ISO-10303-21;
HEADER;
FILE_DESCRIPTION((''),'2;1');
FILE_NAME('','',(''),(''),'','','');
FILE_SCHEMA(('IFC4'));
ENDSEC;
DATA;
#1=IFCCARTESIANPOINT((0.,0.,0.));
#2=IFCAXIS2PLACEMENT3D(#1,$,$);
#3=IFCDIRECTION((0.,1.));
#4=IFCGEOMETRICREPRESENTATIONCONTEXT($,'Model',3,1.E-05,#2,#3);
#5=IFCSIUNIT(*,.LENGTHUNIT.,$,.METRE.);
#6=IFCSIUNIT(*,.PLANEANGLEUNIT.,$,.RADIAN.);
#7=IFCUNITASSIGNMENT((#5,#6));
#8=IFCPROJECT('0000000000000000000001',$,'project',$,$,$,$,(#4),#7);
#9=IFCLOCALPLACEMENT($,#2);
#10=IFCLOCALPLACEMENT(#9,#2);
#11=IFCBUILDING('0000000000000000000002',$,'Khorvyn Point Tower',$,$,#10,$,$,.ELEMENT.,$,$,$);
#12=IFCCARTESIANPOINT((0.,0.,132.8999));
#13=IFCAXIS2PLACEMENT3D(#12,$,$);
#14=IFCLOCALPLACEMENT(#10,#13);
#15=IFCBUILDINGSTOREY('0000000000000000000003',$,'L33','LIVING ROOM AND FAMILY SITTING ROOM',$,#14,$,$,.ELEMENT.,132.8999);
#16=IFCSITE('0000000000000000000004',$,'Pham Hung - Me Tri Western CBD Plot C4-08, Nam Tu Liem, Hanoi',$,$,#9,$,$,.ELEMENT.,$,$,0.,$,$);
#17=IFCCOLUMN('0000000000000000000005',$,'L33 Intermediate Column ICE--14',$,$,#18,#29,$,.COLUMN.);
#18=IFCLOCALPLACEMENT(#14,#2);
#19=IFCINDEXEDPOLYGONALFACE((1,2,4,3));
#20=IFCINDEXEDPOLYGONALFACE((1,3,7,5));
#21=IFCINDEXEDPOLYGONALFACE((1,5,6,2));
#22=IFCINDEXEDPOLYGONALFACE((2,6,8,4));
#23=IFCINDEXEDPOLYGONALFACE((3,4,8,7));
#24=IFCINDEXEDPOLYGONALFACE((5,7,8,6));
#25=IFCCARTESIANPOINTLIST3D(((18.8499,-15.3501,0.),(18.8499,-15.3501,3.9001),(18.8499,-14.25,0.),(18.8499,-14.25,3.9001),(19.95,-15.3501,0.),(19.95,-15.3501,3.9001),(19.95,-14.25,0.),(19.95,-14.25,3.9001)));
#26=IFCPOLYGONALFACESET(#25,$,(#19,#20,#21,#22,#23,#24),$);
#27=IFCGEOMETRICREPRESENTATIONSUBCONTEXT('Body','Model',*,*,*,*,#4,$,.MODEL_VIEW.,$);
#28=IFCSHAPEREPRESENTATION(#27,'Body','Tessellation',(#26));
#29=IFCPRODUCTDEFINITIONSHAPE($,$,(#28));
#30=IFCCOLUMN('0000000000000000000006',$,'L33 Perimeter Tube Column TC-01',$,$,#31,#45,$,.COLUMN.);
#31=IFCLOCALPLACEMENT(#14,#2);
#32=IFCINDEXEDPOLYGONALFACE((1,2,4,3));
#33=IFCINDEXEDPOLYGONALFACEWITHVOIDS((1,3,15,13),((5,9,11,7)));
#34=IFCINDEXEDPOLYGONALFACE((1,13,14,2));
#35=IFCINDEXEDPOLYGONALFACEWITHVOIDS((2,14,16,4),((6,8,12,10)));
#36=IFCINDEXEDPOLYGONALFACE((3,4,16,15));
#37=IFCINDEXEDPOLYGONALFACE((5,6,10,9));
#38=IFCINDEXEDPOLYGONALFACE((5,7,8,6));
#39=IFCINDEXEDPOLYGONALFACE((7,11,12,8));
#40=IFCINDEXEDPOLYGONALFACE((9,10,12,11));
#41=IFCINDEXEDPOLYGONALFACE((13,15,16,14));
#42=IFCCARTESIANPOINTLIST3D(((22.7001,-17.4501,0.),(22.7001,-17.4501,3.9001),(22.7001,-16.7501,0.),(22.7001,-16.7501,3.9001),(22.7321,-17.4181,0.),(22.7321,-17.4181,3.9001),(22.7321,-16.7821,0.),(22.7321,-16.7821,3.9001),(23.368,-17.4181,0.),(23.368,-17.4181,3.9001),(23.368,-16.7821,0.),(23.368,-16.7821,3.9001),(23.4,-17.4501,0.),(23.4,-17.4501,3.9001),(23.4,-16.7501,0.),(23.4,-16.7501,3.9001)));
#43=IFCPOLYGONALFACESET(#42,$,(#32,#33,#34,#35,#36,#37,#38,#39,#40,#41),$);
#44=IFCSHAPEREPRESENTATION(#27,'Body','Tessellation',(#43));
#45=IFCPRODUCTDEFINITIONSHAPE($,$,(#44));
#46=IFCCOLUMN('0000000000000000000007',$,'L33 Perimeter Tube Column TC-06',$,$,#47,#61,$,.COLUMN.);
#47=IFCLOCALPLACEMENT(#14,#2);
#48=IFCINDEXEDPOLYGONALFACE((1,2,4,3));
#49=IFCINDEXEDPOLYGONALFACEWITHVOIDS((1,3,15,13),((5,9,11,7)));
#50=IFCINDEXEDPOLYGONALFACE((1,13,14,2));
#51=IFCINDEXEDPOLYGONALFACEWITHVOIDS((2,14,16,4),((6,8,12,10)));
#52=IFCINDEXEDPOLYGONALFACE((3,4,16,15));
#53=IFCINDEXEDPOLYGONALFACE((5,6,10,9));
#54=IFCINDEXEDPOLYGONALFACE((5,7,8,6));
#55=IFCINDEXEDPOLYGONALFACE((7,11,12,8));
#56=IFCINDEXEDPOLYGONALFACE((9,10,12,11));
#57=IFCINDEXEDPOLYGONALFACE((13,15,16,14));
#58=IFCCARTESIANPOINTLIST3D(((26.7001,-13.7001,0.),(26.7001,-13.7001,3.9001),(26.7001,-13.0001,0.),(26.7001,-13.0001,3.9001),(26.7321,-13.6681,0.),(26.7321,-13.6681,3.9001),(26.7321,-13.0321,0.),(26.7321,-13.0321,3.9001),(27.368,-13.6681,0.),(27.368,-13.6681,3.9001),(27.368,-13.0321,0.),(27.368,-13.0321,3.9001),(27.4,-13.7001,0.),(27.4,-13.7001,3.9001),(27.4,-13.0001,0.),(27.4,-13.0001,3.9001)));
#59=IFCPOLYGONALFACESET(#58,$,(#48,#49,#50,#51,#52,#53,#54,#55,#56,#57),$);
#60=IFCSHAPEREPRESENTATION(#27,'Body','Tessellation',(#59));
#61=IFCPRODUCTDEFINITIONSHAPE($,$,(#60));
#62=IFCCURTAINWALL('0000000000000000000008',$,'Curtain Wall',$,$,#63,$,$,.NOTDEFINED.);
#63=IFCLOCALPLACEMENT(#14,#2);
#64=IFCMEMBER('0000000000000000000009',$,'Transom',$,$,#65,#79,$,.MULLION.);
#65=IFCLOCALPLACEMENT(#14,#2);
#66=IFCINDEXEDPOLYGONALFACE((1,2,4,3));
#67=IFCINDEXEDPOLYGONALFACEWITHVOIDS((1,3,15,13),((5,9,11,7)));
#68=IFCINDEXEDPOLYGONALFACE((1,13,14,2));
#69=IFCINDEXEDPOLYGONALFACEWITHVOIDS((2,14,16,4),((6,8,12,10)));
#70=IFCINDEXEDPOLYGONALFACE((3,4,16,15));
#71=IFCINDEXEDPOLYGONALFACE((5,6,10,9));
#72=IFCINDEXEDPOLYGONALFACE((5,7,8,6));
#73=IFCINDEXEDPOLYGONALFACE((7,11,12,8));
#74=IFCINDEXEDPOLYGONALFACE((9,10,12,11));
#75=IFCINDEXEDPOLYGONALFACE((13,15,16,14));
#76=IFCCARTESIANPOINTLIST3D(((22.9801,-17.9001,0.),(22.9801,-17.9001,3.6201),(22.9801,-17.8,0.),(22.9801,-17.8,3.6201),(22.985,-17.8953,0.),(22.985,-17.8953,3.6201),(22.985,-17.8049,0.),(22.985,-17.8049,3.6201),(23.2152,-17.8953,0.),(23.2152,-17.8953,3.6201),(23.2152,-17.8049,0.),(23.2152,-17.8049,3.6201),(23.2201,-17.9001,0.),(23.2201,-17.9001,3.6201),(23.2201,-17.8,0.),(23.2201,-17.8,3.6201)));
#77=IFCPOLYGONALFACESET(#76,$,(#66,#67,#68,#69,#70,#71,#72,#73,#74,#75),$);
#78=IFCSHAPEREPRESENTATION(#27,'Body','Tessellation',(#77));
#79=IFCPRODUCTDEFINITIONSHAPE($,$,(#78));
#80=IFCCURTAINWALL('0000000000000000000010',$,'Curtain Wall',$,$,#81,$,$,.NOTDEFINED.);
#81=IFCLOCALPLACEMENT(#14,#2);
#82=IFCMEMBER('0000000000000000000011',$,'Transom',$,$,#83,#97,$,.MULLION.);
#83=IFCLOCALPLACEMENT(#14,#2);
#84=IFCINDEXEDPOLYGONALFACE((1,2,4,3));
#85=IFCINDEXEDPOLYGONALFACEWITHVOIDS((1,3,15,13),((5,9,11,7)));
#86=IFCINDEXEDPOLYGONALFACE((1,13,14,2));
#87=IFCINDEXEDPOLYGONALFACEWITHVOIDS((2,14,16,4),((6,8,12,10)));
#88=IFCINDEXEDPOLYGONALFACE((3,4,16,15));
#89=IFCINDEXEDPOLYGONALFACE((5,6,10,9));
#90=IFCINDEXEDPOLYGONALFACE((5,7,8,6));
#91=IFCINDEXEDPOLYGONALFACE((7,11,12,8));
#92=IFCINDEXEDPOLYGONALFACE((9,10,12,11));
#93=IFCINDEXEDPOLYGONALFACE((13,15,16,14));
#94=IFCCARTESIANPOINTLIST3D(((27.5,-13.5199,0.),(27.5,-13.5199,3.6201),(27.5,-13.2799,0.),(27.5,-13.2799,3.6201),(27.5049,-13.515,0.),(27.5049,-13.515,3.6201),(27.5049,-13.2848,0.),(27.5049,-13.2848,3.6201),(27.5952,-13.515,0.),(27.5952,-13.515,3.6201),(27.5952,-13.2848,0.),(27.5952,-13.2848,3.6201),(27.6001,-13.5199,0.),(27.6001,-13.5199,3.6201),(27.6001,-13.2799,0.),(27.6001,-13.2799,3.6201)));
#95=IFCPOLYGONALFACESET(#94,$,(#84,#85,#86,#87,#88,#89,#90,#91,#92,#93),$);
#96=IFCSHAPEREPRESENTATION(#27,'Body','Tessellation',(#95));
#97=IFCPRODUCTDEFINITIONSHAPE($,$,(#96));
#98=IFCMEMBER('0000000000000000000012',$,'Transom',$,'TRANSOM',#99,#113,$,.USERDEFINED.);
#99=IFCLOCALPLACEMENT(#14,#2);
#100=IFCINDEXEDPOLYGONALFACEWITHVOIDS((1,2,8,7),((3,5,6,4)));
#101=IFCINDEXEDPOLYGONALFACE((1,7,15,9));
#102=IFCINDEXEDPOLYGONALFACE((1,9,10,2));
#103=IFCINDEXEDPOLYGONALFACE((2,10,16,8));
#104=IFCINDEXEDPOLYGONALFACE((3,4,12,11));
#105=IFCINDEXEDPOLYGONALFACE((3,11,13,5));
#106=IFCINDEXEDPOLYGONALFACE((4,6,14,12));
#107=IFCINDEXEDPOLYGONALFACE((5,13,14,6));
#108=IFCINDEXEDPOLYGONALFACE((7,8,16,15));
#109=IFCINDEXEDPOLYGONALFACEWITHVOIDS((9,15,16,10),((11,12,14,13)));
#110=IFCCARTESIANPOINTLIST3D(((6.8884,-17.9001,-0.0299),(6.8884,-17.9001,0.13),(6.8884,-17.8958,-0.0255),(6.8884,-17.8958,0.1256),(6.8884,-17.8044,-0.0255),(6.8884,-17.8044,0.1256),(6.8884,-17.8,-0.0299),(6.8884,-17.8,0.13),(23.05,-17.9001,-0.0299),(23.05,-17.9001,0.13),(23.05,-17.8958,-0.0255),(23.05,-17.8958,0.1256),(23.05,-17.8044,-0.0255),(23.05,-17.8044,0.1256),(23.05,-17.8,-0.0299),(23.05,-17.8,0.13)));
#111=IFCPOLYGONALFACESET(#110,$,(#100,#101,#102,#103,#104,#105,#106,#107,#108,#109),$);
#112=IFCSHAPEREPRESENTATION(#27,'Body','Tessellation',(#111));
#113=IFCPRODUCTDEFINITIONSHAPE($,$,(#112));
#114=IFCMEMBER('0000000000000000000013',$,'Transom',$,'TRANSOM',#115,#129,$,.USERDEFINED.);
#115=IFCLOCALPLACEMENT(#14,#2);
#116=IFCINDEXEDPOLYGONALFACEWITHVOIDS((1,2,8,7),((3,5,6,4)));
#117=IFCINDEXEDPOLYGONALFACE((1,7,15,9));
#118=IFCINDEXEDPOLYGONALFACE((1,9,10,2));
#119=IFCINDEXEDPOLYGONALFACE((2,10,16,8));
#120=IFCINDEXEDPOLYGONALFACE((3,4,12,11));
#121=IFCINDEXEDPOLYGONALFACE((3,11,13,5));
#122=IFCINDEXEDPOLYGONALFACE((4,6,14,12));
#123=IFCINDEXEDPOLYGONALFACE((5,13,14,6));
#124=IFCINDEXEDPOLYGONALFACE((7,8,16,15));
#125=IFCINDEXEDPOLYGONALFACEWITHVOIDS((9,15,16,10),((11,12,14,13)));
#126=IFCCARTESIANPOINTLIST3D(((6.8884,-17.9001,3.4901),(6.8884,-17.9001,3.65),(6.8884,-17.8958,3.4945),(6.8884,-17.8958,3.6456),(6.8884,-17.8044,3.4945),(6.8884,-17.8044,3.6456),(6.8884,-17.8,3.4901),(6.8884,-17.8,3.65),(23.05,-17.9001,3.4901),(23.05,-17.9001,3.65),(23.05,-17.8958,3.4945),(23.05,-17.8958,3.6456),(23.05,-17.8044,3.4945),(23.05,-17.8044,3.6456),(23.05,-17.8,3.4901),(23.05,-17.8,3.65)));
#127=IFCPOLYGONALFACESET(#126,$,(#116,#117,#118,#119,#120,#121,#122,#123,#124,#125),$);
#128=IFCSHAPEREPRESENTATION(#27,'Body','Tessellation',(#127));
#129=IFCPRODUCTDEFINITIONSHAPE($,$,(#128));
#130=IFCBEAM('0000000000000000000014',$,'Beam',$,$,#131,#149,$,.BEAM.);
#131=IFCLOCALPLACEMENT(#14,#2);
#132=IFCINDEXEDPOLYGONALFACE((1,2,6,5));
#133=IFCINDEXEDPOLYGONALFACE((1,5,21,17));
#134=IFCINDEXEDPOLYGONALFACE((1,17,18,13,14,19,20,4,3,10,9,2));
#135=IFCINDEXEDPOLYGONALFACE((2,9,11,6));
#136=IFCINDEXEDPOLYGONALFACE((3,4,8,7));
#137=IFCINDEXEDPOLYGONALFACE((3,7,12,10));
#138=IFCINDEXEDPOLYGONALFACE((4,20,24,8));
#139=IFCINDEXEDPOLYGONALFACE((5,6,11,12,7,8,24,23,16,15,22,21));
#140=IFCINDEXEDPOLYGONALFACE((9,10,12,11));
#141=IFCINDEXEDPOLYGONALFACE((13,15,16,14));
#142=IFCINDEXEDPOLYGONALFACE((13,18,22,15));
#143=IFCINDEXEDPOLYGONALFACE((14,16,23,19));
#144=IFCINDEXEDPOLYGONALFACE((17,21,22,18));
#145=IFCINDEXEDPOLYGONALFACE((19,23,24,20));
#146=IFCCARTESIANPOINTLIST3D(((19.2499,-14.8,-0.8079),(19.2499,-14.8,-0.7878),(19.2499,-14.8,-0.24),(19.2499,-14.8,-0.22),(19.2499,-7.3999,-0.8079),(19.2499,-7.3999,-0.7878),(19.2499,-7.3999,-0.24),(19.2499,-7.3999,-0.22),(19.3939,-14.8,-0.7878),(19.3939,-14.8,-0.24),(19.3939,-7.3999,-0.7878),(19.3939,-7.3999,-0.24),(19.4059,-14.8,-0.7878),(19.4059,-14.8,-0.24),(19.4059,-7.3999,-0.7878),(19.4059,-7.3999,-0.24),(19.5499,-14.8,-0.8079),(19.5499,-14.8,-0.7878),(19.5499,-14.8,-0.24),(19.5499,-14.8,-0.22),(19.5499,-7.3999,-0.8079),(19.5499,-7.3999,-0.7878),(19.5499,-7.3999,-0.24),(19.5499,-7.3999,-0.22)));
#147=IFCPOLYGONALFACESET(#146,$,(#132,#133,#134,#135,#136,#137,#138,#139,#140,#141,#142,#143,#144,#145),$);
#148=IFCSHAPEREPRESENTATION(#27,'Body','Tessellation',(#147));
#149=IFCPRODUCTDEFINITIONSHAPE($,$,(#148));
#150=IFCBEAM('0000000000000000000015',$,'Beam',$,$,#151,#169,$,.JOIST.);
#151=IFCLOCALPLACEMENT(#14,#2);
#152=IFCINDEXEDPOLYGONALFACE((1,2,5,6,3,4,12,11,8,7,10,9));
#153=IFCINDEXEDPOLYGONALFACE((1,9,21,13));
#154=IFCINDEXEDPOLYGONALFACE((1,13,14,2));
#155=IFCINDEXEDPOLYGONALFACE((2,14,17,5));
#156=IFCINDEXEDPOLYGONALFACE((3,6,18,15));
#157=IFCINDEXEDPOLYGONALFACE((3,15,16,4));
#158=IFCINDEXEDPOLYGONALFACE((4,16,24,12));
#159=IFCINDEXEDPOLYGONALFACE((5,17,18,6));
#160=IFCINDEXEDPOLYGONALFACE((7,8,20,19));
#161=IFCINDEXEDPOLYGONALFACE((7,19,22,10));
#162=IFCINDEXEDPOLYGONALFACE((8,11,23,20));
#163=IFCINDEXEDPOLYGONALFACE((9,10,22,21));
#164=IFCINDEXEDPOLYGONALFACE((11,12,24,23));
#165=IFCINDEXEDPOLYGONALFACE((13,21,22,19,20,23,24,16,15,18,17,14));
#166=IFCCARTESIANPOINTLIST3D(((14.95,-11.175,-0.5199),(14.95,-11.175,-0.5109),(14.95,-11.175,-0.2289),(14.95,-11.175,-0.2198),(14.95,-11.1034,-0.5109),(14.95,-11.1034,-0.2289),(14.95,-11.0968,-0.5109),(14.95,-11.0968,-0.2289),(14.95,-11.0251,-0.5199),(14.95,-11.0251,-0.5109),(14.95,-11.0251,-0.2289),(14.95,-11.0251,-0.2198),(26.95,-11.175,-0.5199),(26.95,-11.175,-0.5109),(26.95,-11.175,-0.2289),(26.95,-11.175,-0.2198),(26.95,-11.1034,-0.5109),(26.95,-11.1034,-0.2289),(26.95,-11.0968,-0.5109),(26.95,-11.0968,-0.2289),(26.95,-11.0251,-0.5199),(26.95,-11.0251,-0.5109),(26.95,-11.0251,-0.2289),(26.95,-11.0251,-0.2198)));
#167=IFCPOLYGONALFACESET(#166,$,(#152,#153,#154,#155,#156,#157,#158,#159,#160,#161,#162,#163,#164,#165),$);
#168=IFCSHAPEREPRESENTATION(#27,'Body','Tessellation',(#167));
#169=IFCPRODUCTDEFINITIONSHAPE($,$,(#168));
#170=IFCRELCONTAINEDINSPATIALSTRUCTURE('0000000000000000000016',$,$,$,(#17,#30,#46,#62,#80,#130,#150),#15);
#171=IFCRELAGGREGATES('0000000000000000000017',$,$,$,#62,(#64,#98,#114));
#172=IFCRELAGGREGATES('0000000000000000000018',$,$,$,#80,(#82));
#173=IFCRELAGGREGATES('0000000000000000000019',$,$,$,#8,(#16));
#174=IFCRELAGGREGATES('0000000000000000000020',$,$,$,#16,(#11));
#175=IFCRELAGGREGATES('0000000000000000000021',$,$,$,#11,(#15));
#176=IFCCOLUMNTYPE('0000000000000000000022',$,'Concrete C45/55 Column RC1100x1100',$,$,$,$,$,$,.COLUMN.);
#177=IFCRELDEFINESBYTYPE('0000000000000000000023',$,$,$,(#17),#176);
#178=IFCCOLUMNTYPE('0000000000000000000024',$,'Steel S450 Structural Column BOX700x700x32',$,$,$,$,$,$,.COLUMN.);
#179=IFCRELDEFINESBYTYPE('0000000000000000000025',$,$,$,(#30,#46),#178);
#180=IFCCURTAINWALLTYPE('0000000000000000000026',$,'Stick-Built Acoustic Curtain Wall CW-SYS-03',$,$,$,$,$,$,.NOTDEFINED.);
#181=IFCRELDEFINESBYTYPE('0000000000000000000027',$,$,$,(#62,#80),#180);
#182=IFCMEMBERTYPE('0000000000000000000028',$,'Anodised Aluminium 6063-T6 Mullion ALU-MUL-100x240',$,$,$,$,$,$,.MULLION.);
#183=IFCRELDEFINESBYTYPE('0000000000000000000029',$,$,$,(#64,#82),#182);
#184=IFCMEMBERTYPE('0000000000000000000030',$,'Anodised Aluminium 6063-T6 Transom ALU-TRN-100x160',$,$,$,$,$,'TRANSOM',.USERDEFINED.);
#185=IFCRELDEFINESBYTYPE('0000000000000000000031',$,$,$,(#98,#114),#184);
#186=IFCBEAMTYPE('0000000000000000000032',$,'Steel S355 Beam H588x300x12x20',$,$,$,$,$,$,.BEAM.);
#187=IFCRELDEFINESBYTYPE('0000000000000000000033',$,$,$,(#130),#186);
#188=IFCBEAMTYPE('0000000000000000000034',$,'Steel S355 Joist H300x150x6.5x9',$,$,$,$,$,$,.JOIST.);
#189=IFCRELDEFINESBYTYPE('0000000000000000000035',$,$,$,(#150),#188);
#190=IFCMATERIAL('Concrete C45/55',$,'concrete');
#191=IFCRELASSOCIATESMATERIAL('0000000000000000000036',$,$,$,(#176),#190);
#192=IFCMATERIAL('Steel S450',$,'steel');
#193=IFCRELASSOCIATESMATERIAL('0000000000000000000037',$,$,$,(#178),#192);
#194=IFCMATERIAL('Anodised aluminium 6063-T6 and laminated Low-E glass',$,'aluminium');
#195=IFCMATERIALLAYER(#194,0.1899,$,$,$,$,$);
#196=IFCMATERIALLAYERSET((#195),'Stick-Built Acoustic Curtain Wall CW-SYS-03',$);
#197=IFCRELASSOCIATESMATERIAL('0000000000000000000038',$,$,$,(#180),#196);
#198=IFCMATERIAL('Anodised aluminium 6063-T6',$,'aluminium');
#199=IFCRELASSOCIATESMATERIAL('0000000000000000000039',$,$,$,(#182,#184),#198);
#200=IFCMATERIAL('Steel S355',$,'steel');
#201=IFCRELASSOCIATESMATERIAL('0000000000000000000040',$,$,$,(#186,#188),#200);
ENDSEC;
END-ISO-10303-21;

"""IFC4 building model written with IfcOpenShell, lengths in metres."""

from ifc_helpers import new_model, si_unit, direction, frame, origin, origin_2d, place, context, subcontext, project, spatial, rectangle, hollow_rectangle, i_section, extrude, material, layer, layer_set, material_profile, profile_set, type_object, element, aggregate, save


model = new_model("IFC4")

# Units and contexts
model_context = context("Model", 3, precision=1e-05, world=origin(), true_north=direction((0.0, 1.0)))
body_context = subcontext(model_context, "Body", "Model", "MODEL_VIEW")
ifc_project = project(units=[si_unit("LENGTHUNIT", "METRE"), si_unit("PLANEANGLEUNIT", "RADIAN")], contexts=[model_context])

# Site, building, storey
site_placement = place(None, origin())
site = spatial("IfcSite", under=ifc_project, at=site_placement, Name="Pham Hung - Me Tri Western CBD Plot C4-08, Nam Tu Liem, Hanoi", CompositionType="ELEMENT", RefElevation=0.0)
building_placement = place(site_placement, origin())
building = spatial("IfcBuilding", under=site, at=building_placement, Name="Khorvyn Point Tower", CompositionType="ELEMENT")
storey_placement = place(building_placement, frame((0.0, 0.0, 132.8999)))
storey = spatial("IfcBuildingStorey", under=building, at=storey_placement, Name="L33", Description="LIVING ROOM AND FAMILY SITTING ROOM", CompositionType="ELEMENT", Elevation=132.8999)

# Columns
ifc_material_1 = material(Name="Concrete C45/55", Category="concrete")
ifc_material_profile_1 = material_profile(ifc_material_1, rectangle(XDim=1.1001, YDim=1.1001, at=origin_2d()))
ifc_profile_set_1 = profile_set([ifc_material_profile_1], Name="Concrete C45/55 RC1100x1100")
column_type_1 = type_object("IfcColumnType", Name="Concrete C45/55 Column RC1100x1100", PredefinedType="COLUMN", material=ifc_profile_set_1)
column_placement = place(storey_placement, frame((19.3999, -14.8, 0.0), z_axis=(0.0, 0.0, 1.0), x_axis=(1.0, 0.0, 0.0)))
element("IfcColumn", 1, at=column_placement, inside=storey, type_object=column_type_1, Name="L33 Intermediate Column ICE--14", PredefinedType="COLUMN", context=body_context, shape_type="SweptSolid", body=[
    extrude(rectangle(XDim=1.1001, YDim=1.1001, at=origin_2d()), origin(), (0.0, 0.0, 1.0), 3.9001),
])
ifc_material_2 = material(Name="Steel S450", Category="steel")
ifc_material_profile_2 = material_profile(ifc_material_2, hollow_rectangle(XDim=0.7, YDim=0.7, WallThickness=0.032, at=origin_2d()))
ifc_profile_set_2 = profile_set([ifc_material_profile_2], Name="Steel S450 BOX700x700x32")
column_type_2 = type_object("IfcColumnType", Name="Steel S450 Structural Column BOX700x700x32", PredefinedType="COLUMN", material=ifc_profile_set_2)
for number, where, z_axis, x_axis, name in (
    (2, (23.05, -17.1001, 0.0), (0.0, 0.0, 1.0), (1.0, 0.0, 0.0), "L33 Perimeter Tube Column TC-01"),
    (3, (27.05, -13.3501, 0.0), (0.0, 0.0, 1.0), (1.0, 0.0, 0.0), "L33 Perimeter Tube Column TC-06"),
):
    element("IfcColumn", number, at=place(storey_placement, frame(where, z_axis=z_axis, x_axis=x_axis)), inside=storey, type_object=column_type_2, Name=name, PredefinedType="COLUMN", context=body_context, shape_type="SweptSolid", body=[
        extrude(hollow_rectangle(XDim=0.7, YDim=0.7, WallThickness=0.032, at=origin_2d()), origin(), (0.0, 0.0, 1.0), 3.9001),
    ])

# Curtain walls, members
ifc_material_3 = material(Name="Anodised aluminium 6063-T6 and laminated Low-E glass", Category="aluminium")
ifc_layer_1 = layer(ifc_material_3, 0.1899)
ifc_layer_set_1 = layer_set([ifc_layer_1], Name="Stick-Built Acoustic Curtain Wall CW-SYS-03")
curtain_wall_type = type_object("IfcCurtainWallType", Name="Stick-Built Acoustic Curtain Wall CW-SYS-03", PredefinedType="NOTDEFINED", material=ifc_layer_set_1)
curtain_wall_1_placement = place(storey_placement, origin())
curtain_wall_1 = element("IfcCurtainWall", 4, at=curtain_wall_1_placement, inside=storey, type_object=curtain_wall_type, Name="Curtain Wall", PredefinedType="NOTDEFINED")
ifc_material_4 = material(Name="Anodised aluminium 6063-T6", Category="aluminium")
ifc_material_profile_3 = material_profile(ifc_material_4, hollow_rectangle(XDim=0.1001, YDim=0.24, WallThickness=0.0049, at=origin_2d()))
ifc_profile_set_3 = profile_set([ifc_material_profile_3], Name="Anodised aluminium 6063-T6 ALU-MUL-100x240")
member_type_1 = type_object("IfcMemberType", Name="Anodised Aluminium 6063-T6 Mullion ALU-MUL-100x240", PredefinedType="MULLION", material=ifc_profile_set_3)
member_1_placement = place(storey_placement, frame((23.1001, -17.8501, 0.0), z_axis=(0.0, 0.0, 1.0), x_axis=(0.0, -1.0, 0.0)))
member_1 = element("IfcMember", 5, at=member_1_placement, type_object=member_type_1, Name="Transom", PredefinedType="MULLION", context=body_context, shape_type="SweptSolid", body=[
    extrude(hollow_rectangle(XDim=0.1001, YDim=0.24, WallThickness=0.0049, at=origin_2d()), origin(), (0.0, 0.0, 1.0), 3.6201),
])
curtain_wall_2_placement = place(storey_placement, origin())
curtain_wall_2 = element("IfcCurtainWall", 6, at=curtain_wall_2_placement, inside=storey, type_object=curtain_wall_type, Name="Curtain Wall", PredefinedType="NOTDEFINED")
member_2_placement = place(storey_placement, frame((27.55, -13.3999, 0.0), z_axis=(0.0, 0.0, 1.0), x_axis=(1.0, 0.0, 0.0)))
member_2 = element("IfcMember", 7, at=member_2_placement, type_object=member_type_1, Name="Transom", PredefinedType="MULLION", context=body_context, shape_type="SweptSolid", body=[
    extrude(hollow_rectangle(XDim=0.1001, YDim=0.24, WallThickness=0.0049, at=origin_2d()), origin(), (0.0, 0.0, 1.0), 3.6201),
])

# Members
ifc_material_profile_4 = material_profile(ifc_material_4, hollow_rectangle(XDim=0.1001, YDim=0.1599, WallThickness=0.0044, at=origin_2d()))
ifc_profile_set_4 = profile_set([ifc_material_profile_4], Name="Anodised aluminium 6063-T6 ALU-TRN-100x160")
member_type_2 = type_object("IfcMemberType", Name="Anodised Aluminium 6063-T6 Transom ALU-TRN-100x160", ElementType="TRANSOM", PredefinedType="USERDEFINED", material=ifc_profile_set_4)
member_3_placement = place(storey_placement, frame((23.05, -17.8501, 0.05), z_axis=(-1.0, 0.0, 0.0), x_axis=(0.0, -1.0, 0.0)))
member_3 = element("IfcMember", 8, at=member_3_placement, type_object=member_type_2, Name="Transom", ObjectType="TRANSOM", PredefinedType="USERDEFINED", context=body_context, shape_type="SweptSolid", body=[
    extrude(hollow_rectangle(XDim=0.1001, YDim=0.1599, WallThickness=0.0044, at=origin_2d()), origin(), (0.0, 0.0, 1.0), 16.1616),
])
member_4_placement = place(storey_placement, frame((23.05, -17.8501, 3.5701), z_axis=(-1.0, 0.0, 0.0), x_axis=(0.0, -1.0, 0.0)))
member_4 = element("IfcMember", 9, at=member_4_placement, type_object=member_type_2, Name="Transom", ObjectType="TRANSOM", PredefinedType="USERDEFINED", context=body_context, shape_type="SweptSolid", body=[
    extrude(hollow_rectangle(XDim=0.1001, YDim=0.1599, WallThickness=0.0044, at=origin_2d()), origin(), (0.0, 0.0, 1.0), 16.1616),
])

# Beams
ifc_material_5 = material(Name="Steel S355", Category="steel")
ifc_material_profile_5 = material_profile(ifc_material_5, i_section(OverallWidth=0.3, OverallDepth=0.5879, WebThickness=0.012, FlangeThickness=0.02, at=origin_2d()))
ifc_profile_set_5 = profile_set([ifc_material_profile_5], Name="Steel S355 H588x300x12x20")
beam_type_1 = type_object("IfcBeamType", Name="Steel S355 Beam H588x300x12x20", PredefinedType="BEAM", material=ifc_profile_set_5)
beam_1_placement = place(storey_placement, frame((19.3999, -14.8, -0.5139), z_axis=(0.0, 1.0, 0.0), x_axis=(-1.0, 0.0, 0.0)))
element("IfcBeam", 10, at=beam_1_placement, inside=storey, type_object=beam_type_1, Name="Beam", PredefinedType="BEAM", context=body_context, shape_type="SweptSolid", body=[
    extrude(i_section(OverallWidth=0.3, OverallDepth=0.5879, WebThickness=0.012, FlangeThickness=0.02, at=origin_2d()), origin(), (0.0, 0.0, 1.0), 7.4001),
])
ifc_material_profile_6 = material_profile(ifc_material_5, i_section(OverallWidth=0.1499, OverallDepth=0.3, WebThickness=0.0066, FlangeThickness=0.009, at=origin_2d()))
ifc_profile_set_6 = profile_set([ifc_material_profile_6], Name="Steel S355 H300x150x6.5x9")
beam_type_2 = type_object("IfcBeamType", Name="Steel S355 Joist H300x150x6.5x9", PredefinedType="JOIST", material=ifc_profile_set_6)
beam_2_placement = place(storey_placement, frame((14.95, -11.1001, -0.3699), z_axis=(1.0, 0.0, 0.0), x_axis=(0.0, 1.0, 0.0)))
element("IfcBeam", 11, at=beam_2_placement, inside=storey, type_object=beam_type_2, Name="Beam", PredefinedType="JOIST", context=body_context, shape_type="SweptSolid", body=[
    extrude(i_section(OverallWidth=0.1499, OverallDepth=0.3, WebThickness=0.0066, FlangeThickness=0.009, at=origin_2d()), origin(), (0.0, 0.0, 1.0), 12.0),
])

aggregate(curtain_wall_1, [member_1, member_3, member_4])
aggregate(curtain_wall_2, [member_2])

save(model, "model.ifc")
